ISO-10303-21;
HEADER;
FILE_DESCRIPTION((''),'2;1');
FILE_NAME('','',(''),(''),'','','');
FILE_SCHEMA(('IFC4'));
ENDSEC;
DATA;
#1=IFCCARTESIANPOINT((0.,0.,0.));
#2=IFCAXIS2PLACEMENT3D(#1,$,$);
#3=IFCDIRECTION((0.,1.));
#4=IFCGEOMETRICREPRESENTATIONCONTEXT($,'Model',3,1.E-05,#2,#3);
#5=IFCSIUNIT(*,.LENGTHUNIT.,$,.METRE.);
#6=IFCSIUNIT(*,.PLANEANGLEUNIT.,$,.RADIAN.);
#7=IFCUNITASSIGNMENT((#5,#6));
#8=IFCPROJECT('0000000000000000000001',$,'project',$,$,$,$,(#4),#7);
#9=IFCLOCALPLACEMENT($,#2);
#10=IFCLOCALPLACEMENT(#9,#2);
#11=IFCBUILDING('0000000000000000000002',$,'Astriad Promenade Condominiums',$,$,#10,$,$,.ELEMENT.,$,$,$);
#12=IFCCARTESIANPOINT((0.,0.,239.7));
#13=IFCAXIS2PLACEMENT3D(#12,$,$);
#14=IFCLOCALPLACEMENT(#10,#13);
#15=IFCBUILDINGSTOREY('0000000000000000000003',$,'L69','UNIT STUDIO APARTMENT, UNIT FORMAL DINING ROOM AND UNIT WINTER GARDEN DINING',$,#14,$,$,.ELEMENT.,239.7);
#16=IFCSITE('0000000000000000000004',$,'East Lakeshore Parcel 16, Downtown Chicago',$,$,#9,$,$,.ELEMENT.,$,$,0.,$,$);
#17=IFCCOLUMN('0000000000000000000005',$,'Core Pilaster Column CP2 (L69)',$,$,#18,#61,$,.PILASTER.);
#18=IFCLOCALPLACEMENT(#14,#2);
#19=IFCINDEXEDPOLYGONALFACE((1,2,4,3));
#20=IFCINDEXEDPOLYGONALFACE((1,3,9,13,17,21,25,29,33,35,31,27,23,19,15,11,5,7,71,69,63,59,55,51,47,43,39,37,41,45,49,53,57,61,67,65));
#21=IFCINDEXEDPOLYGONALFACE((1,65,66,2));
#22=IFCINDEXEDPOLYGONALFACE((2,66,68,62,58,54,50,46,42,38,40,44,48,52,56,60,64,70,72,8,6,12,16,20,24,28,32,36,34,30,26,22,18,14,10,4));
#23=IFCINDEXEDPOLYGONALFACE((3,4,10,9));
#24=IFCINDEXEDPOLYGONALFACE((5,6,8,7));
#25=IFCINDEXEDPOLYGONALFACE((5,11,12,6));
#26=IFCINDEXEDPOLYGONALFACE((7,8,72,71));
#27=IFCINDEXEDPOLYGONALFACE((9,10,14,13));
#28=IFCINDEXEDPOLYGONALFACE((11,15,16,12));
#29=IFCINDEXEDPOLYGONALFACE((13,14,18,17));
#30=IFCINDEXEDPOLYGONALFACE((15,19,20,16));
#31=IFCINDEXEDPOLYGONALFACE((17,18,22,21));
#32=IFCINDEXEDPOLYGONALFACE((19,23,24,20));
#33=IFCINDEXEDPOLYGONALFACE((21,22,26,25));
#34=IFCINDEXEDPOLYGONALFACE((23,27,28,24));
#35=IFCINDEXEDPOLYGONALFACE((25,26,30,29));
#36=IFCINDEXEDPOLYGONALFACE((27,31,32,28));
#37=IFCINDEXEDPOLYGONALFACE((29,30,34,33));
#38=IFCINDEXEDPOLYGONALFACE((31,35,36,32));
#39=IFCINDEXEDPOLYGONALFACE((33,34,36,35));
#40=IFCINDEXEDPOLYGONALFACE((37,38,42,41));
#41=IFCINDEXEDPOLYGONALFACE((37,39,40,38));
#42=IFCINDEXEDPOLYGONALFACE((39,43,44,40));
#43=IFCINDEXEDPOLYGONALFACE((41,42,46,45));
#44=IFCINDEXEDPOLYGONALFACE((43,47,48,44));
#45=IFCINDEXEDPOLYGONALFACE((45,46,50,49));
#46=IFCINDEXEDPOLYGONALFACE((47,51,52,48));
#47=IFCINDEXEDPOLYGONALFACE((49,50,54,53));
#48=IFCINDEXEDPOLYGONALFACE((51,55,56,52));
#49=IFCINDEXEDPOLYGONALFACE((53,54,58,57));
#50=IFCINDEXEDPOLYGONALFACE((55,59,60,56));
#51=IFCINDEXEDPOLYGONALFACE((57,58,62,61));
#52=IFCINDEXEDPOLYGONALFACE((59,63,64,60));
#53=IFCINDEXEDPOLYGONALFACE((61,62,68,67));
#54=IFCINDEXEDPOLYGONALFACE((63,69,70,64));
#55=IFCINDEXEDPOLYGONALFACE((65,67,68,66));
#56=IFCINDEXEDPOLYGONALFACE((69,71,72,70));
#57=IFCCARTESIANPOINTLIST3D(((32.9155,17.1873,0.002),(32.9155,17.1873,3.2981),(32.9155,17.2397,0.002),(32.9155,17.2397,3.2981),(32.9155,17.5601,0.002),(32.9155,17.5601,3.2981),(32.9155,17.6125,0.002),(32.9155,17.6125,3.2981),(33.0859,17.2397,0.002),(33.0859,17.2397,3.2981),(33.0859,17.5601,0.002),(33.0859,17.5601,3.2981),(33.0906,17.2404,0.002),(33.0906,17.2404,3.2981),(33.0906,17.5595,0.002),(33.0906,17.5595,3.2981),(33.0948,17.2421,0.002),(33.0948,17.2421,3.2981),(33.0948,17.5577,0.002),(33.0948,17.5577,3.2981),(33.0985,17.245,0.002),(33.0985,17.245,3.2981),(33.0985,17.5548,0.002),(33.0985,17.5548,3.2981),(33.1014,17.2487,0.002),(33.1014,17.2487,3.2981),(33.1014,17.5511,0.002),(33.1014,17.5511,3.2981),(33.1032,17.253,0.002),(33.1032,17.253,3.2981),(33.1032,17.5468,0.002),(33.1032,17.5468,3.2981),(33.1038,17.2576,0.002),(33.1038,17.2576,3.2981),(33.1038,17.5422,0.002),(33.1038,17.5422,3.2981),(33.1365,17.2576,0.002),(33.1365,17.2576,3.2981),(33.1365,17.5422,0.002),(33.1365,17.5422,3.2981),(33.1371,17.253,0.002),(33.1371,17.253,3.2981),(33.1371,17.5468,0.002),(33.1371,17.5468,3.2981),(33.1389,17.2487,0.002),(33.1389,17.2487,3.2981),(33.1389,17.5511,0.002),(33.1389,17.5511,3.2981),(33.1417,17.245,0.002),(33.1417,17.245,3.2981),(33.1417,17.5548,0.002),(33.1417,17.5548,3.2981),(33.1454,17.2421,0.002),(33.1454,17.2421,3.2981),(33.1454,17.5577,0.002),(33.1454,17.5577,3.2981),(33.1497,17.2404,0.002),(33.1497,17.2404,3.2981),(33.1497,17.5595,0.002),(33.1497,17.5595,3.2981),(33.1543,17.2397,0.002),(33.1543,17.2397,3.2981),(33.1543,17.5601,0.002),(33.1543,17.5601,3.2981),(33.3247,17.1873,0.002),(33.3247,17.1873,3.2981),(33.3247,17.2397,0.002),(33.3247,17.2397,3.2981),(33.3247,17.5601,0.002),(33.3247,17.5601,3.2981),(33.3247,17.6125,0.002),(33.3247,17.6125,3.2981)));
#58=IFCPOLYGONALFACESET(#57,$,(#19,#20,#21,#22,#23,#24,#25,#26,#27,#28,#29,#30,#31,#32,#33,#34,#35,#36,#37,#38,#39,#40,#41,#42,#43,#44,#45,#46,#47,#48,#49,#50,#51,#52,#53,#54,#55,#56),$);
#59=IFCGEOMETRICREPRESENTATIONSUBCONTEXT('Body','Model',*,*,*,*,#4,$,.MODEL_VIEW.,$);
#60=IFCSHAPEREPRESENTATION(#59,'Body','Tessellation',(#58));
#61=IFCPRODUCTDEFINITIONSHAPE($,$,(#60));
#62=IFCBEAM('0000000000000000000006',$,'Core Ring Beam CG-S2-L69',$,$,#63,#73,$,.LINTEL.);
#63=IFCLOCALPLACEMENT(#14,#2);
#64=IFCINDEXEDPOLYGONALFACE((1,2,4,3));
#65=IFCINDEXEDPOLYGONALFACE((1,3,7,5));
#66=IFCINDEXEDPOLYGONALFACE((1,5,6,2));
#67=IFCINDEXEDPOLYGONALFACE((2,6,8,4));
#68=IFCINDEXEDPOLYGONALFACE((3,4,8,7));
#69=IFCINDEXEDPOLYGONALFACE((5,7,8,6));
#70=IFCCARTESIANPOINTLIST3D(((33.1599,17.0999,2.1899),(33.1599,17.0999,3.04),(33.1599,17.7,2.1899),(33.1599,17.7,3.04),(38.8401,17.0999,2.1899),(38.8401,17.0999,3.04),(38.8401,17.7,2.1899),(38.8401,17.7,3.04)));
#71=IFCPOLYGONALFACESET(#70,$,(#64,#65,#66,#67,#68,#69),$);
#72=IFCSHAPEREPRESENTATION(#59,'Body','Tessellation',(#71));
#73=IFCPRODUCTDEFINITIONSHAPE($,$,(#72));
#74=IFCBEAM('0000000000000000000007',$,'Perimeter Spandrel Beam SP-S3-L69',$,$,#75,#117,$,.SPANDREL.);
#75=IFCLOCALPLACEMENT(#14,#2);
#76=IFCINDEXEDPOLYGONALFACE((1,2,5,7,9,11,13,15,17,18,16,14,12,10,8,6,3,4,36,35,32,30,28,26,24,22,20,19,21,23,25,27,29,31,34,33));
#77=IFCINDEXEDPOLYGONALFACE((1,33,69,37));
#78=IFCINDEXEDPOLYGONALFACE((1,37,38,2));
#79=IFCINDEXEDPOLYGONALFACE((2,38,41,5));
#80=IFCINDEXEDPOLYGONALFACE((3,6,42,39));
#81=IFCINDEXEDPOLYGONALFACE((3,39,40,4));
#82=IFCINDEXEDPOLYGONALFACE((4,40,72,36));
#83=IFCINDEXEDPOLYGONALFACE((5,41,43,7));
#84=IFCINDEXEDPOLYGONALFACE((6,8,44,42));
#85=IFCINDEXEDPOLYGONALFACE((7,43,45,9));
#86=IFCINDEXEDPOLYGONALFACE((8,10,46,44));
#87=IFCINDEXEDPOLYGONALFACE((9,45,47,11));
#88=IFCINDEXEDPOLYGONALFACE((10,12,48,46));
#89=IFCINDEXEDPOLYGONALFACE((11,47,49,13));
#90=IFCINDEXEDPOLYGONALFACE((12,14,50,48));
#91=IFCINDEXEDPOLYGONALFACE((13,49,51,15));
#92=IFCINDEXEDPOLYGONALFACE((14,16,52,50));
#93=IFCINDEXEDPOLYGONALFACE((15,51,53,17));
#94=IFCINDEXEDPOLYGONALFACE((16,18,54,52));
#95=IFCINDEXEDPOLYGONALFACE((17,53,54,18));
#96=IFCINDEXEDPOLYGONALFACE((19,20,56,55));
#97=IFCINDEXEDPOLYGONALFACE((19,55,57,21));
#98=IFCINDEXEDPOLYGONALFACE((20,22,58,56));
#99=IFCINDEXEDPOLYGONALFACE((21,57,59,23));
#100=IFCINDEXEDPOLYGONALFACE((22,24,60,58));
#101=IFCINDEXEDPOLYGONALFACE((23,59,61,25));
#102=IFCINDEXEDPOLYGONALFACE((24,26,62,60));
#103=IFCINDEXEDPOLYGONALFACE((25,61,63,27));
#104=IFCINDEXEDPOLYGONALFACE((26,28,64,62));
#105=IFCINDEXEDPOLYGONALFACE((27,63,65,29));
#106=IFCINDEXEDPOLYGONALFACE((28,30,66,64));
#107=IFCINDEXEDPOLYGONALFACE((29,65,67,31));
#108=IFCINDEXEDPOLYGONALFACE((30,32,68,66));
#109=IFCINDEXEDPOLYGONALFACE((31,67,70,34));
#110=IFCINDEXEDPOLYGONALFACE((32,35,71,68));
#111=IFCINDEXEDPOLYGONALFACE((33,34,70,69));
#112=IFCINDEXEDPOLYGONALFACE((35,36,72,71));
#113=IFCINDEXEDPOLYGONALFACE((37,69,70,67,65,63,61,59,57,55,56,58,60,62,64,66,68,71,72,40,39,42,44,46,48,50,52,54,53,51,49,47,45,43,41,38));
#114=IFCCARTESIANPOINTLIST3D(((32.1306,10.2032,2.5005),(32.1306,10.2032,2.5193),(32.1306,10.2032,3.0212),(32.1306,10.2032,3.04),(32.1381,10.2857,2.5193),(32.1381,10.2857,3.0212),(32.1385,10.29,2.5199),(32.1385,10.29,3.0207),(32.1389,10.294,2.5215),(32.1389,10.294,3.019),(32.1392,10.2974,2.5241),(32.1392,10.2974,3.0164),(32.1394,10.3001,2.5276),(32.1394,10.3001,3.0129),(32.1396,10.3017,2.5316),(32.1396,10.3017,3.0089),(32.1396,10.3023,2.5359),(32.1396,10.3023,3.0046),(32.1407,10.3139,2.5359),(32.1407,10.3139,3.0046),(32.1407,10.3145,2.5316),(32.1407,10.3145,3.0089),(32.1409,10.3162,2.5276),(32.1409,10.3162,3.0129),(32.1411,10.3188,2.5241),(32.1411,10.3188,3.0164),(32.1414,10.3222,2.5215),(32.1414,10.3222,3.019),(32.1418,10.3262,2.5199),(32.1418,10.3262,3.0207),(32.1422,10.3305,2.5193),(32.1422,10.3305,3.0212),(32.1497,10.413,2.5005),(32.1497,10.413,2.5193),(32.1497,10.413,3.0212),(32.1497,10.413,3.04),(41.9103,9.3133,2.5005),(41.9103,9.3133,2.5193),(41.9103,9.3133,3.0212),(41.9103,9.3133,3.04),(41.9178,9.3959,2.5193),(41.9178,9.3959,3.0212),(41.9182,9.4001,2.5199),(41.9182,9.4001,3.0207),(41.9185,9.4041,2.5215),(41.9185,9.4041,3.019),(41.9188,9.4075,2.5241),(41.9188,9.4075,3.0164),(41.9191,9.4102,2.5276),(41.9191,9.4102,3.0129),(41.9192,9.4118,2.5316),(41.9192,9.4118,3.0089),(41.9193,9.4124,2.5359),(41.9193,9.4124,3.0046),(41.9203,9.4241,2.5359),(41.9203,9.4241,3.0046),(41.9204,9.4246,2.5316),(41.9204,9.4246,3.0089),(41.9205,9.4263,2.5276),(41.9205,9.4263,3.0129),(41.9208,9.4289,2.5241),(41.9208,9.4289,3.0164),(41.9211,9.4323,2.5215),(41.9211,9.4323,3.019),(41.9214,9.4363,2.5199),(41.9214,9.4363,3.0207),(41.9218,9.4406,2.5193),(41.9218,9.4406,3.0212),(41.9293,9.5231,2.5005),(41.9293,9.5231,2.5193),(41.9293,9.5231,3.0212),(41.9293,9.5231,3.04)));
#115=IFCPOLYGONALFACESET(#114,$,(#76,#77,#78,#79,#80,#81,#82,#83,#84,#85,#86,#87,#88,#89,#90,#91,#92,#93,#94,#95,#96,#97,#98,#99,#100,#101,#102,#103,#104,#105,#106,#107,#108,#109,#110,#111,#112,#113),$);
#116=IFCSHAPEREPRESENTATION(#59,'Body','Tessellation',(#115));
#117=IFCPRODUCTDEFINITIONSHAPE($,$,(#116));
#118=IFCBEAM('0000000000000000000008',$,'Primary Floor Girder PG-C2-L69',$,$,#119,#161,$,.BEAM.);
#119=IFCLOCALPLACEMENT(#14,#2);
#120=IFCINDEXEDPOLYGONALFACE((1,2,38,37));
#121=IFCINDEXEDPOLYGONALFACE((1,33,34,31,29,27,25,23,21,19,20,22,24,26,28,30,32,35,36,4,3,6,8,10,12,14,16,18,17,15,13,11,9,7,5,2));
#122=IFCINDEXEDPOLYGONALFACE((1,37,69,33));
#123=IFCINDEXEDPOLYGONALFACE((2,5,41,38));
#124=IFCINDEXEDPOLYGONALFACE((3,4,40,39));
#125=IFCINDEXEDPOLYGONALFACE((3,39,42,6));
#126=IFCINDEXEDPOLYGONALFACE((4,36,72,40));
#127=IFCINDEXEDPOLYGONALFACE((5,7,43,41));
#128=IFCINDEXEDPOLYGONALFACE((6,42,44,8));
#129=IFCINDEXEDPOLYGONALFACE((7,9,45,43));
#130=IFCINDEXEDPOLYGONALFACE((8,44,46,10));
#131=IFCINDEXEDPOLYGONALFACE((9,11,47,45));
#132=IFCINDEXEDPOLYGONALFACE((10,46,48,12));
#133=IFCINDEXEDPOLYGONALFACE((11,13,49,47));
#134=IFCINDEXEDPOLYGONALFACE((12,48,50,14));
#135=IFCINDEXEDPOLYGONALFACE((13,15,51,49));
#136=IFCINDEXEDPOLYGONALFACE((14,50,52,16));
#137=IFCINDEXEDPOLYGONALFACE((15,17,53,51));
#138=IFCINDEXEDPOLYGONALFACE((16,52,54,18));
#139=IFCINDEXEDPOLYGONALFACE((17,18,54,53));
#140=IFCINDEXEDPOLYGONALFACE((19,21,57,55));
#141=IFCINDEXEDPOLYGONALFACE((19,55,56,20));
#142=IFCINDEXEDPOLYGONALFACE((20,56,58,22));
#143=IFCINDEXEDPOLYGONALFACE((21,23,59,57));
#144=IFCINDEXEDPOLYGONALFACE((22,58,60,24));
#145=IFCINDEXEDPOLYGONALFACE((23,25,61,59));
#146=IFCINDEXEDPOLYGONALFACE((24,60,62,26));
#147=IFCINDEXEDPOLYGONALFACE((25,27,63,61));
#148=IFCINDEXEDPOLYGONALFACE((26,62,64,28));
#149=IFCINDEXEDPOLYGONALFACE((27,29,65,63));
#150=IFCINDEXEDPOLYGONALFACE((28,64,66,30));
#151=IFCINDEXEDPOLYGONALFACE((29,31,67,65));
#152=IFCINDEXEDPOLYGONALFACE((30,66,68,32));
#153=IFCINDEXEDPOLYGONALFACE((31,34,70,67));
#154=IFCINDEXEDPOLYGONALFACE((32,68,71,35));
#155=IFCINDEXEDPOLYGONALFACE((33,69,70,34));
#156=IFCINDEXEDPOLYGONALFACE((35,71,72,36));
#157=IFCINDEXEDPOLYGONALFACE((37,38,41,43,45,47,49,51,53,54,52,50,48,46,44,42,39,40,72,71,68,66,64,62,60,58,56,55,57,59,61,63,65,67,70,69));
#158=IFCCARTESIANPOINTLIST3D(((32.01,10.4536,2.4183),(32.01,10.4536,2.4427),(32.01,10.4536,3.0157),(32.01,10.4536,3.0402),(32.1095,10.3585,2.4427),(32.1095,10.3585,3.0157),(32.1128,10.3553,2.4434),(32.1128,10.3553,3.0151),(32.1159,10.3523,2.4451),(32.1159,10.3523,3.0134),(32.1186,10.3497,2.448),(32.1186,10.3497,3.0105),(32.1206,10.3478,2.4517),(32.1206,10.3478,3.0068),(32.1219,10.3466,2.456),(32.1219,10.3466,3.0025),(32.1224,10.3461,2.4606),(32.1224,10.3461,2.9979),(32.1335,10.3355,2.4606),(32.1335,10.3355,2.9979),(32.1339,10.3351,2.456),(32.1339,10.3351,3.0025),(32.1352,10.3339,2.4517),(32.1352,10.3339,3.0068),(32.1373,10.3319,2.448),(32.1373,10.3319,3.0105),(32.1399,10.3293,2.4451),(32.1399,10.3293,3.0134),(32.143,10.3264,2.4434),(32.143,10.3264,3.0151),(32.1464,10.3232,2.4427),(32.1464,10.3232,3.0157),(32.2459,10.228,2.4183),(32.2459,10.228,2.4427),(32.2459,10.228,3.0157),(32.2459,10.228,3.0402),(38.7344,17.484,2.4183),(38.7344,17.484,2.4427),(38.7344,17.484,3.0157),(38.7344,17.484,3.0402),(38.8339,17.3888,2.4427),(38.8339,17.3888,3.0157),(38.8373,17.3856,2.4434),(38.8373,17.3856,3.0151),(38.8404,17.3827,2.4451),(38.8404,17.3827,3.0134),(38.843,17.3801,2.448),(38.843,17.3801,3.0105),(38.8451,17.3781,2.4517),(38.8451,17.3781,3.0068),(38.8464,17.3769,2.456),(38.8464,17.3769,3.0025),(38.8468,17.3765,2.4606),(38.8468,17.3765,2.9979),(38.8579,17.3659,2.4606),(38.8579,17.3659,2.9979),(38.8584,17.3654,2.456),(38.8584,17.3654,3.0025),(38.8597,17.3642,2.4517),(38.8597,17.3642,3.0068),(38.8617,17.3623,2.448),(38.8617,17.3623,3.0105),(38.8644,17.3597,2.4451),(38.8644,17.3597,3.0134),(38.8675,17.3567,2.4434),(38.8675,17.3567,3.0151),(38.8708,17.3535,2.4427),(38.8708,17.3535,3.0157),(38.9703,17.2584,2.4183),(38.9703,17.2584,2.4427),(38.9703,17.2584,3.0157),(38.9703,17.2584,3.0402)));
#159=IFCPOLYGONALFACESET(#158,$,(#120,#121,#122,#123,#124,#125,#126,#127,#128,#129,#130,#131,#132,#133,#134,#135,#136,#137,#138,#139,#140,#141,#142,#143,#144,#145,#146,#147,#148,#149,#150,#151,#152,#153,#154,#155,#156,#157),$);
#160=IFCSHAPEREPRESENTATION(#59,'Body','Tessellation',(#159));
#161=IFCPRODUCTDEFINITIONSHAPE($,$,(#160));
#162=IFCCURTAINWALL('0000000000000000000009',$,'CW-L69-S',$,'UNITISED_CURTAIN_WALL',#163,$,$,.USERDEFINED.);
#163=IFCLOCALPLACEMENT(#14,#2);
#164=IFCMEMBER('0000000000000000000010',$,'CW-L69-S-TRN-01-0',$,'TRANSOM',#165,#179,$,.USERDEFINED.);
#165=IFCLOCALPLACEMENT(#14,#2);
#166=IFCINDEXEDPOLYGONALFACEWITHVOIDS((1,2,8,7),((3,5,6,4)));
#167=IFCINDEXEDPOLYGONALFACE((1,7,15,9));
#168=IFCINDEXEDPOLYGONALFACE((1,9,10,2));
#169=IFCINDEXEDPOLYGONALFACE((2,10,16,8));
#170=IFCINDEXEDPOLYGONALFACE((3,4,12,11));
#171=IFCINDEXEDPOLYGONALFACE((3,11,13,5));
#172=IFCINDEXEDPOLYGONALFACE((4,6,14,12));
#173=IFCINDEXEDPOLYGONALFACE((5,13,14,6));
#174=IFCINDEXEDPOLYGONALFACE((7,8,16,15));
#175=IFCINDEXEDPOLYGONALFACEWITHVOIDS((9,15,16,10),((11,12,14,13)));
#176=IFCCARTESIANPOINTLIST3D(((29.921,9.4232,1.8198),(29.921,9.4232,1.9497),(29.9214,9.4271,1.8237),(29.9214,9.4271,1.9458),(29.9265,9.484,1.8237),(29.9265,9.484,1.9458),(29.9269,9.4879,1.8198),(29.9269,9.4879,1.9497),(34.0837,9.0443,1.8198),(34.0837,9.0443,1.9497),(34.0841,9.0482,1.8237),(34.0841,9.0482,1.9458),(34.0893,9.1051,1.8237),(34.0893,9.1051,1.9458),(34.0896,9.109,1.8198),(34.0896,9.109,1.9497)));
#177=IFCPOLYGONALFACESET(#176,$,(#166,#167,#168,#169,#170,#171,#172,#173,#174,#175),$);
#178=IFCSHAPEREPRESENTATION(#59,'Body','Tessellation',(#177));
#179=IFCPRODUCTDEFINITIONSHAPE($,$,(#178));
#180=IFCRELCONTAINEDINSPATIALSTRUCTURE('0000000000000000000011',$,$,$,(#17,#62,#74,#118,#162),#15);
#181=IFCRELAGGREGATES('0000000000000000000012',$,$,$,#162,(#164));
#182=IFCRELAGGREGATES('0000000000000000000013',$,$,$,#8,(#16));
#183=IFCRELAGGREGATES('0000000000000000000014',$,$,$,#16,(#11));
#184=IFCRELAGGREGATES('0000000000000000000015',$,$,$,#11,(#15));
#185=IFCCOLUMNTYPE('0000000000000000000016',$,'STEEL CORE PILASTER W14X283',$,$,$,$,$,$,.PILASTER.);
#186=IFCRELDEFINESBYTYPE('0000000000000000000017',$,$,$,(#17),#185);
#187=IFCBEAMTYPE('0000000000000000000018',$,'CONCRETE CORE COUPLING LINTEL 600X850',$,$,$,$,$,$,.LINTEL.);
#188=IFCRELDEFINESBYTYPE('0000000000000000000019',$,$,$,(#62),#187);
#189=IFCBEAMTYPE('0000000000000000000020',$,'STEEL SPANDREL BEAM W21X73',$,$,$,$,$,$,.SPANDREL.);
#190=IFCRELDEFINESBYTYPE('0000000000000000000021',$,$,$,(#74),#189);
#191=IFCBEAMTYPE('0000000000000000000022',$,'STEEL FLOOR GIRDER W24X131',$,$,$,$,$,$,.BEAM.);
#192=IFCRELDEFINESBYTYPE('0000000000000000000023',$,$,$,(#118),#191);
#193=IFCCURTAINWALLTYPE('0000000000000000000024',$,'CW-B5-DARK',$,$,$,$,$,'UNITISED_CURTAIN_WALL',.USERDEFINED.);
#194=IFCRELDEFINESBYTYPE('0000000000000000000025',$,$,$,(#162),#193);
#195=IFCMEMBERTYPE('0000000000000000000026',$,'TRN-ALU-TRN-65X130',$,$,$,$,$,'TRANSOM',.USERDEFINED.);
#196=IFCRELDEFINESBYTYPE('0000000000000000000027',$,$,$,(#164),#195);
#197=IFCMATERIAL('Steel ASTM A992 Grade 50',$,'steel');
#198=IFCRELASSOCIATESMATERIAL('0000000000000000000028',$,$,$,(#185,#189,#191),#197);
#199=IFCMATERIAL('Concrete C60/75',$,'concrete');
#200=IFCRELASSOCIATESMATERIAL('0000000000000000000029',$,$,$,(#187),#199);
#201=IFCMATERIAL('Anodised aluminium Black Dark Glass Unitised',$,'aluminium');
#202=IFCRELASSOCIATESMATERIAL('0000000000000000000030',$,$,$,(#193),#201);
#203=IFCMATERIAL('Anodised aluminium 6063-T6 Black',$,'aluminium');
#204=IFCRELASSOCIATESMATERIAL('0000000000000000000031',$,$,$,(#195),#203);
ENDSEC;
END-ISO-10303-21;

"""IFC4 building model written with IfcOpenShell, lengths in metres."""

from ifc_helpers import new_model, si_unit, direction, frame, origin, origin_2d, place, context, subcontext, project, spatial, rectangle, hollow_rectangle, i_section, extrude, source, transform, mapped, material, material_profile, profile_set, type_object, type_shapes, element, aggregate, save


model = new_model("IFC4")

# Units and contexts
model_context = context("Model", 3, precision=1e-05, world=origin(), true_north=direction((0.0, 1.0)))
body_context = subcontext(model_context, "Body", "Model", "MODEL_VIEW")
ifc_project = project(units=[si_unit("LENGTHUNIT", "METRE"), si_unit("PLANEANGLEUNIT", "RADIAN")], contexts=[model_context])

# Site, building, storey
site_placement = place(None, origin())
site = spatial("IfcSite", under=ifc_project, at=site_placement, Name="East Lakeshore Parcel 16, Downtown Chicago", CompositionType="ELEMENT", RefElevation=0.0)
building_placement = place(site_placement, origin())
building = spatial("IfcBuilding", under=site, at=building_placement, Name="Astriad Promenade Condominiums", CompositionType="ELEMENT")
storey_placement = place(building_placement, frame((0.0, 0.0, 239.7)))
storey = spatial("IfcBuildingStorey", under=building, at=storey_placement, Name="L69", Description="UNIT STUDIO APARTMENT, UNIT FORMAL DINING ROOM AND UNIT WINTER GARDEN DINING", CompositionType="ELEMENT", Elevation=239.7)

# Column
ifc_material_1 = material(Name="Steel ASTM A992 Grade 50", Category="steel")
ifc_material_profile_1 = material_profile(ifc_material_1, i_section(OverallWidth=0.4092, OverallDepth=0.4253, WebThickness=0.0327, FlangeThickness=0.0525, FilletRadius=0.0178, at=origin_2d()), Name="W14X283")
ifc_profile_set_1 = profile_set([ifc_material_profile_1], Name="Steel ASTM A992 Grade 50")
column_type = type_object("IfcColumnType", Name="STEEL CORE PILASTER W14X283", PredefinedType="PILASTER", material=ifc_profile_set_1)
shared_shape_1 = source(origin(), body_context, "Body", "SweptSolid", [
    extrude(i_section(OverallWidth=0.4092, OverallDepth=0.4253, WebThickness=0.0327, FlangeThickness=0.0525, FilletRadius=0.0178, at=origin_2d()), origin(), (0.0, 0.0, 1.0), 3.2961),
])
type_shapes(column_type, [shared_shape_1])
column_placement = place(storey_placement, frame((33.1201, 17.3999, 0.002), z_axis=(0.0, 0.0, 1.0), x_axis=(1.0, 0.0, 0.0)))
element("IfcColumn", 1, at=column_placement, inside=storey, type_object=column_type, Name="Core Pilaster Column CP2 (L69)", PredefinedType="PILASTER", context=body_context, shape_type="MappedRepresentation", body=[
    mapped(shared_shape_1, transform((0.0, 0.0, 0.0), scale=1.0)),
])

# Beams
ifc_material_2 = material(Name="Concrete C60/75", Category="concrete")
ifc_material_profile_2 = material_profile(ifc_material_2, rectangle(XDim=0.6001, YDim=0.8501, at=origin_2d()), Name="RC-BM-600X850")
ifc_profile_set_2 = profile_set([ifc_material_profile_2], Name="Concrete C60/75")
beam_type_1 = type_object("IfcBeamType", Name="CONCRETE CORE COUPLING LINTEL 600X850", PredefinedType="LINTEL", material=ifc_profile_set_2)
shared_shape_2 = source(origin(), body_context, "Body", "SweptSolid", [
    extrude(rectangle(XDim=0.6001, YDim=0.8501, at=origin_2d()), origin(), (0.0, 0.0, 1.0), 5.6802),
])
type_shapes(beam_type_1, [shared_shape_2])
beam_1_placement = place(storey_placement, frame((33.1599, 17.3999, 2.615), z_axis=(1.0, 0.0, 0.0), x_axis=(0.0, 1.0, 0.0)))
element("IfcBeam", 2, at=beam_1_placement, inside=storey, type_object=beam_type_1, Name="Core Ring Beam CG-S2-L69", PredefinedType="LINTEL", context=body_context, shape_type="MappedRepresentation", body=[
    mapped(shared_shape_2, transform((0.0, 0.0, 0.0), scale=1.0)),
])
ifc_material_profile_3 = material_profile(ifc_material_1, i_section(OverallWidth=0.2107, OverallDepth=0.5396, WebThickness=0.0117, FlangeThickness=0.0188, FilletRadius=0.0166, at=origin_2d()), Name="W21X73")
ifc_profile_set_3 = profile_set([ifc_material_profile_3], Name="Steel ASTM A992 Grade 50")
beam_type_2 = type_object("IfcBeamType", Name="STEEL SPANDREL BEAM W21X73", PredefinedType="SPANDREL", material=ifc_profile_set_3)
shared_shape_3 = source(origin(), body_context, "Body", "SweptSolid", [
    extrude(i_section(OverallWidth=0.2107, OverallDepth=0.5396, WebThickness=0.0117, FlangeThickness=0.0188, FilletRadius=0.0166, at=origin_2d()), origin(), (0.0, 0.0, 1.0), 9.8201),
])
type_shapes(beam_type_2, [shared_shape_3])
beam_2_placement = place(storey_placement, frame((32.1401, 10.3081, 2.7703), z_axis=(0.995886, -0.090619, 0.0), x_axis=(0.090619, 0.995886, 0.0)))
element("IfcBeam", 3, at=beam_2_placement, inside=storey, type_object=beam_type_2, Name="Perimeter Spandrel Beam SP-S3-L69", PredefinedType="SPANDREL", context=body_context, shape_type="MappedRepresentation", body=[
    mapped(shared_shape_3, transform((0.0, 0.0, 0.0), scale=1.0)),
])
ifc_material_profile_4 = material_profile(ifc_material_1, i_section(OverallWidth=0.3264, OverallDepth=0.6218, WebThickness=0.0154, FlangeThickness=0.0244, FilletRadius=0.0178, at=origin_2d()), Name="W24X131")
ifc_profile_set_4 = profile_set([ifc_material_profile_4], Name="Steel ASTM A992 Grade 50")
beam_type_3 = type_object("IfcBeamType", Name="STEEL FLOOR GIRDER W24X131", PredefinedType="BEAM", material=ifc_profile_set_4)
shared_shape_4 = source(origin(), body_context, "Body", "SweptSolid", [
    extrude(i_section(OverallWidth=0.3264, OverallDepth=0.6218, WebThickness=0.0154, FlangeThickness=0.0244, FilletRadius=0.0178, at=origin_2d()), origin(), (0.0, 0.0, 1.0), 9.7285),
])
type_shapes(beam_type_3, [shared_shape_4])
beam_3_placement = place(storey_placement, frame((32.1279, 10.3408, 2.7292), z_axis=(0.69121, 0.722654, 0.0), x_axis=(-0.722654, 0.69121, 0.0)))
element("IfcBeam", 4, at=beam_3_placement, inside=storey, type_object=beam_type_3, Name="Primary Floor Girder PG-C2-L69", PredefinedType="BEAM", context=body_context, shape_type="MappedRepresentation", body=[
    mapped(shared_shape_4, transform((0.0, 0.0, 0.0), scale=1.0)),
])

# Curtain wall, member
ifc_material_3 = material(Name="Anodised aluminium Black Dark Glass Unitised", Category="aluminium")
curtain_wall_type = type_object("IfcCurtainWallType", Name="CW-B5-DARK", ElementType="UNITISED_CURTAIN_WALL", PredefinedType="USERDEFINED", material=ifc_material_3)
curtain_wall_placement = place(storey_placement, origin())
curtain_wall = element("IfcCurtainWall", 5, at=curtain_wall_placement, inside=storey, type_object=curtain_wall_type, Name="CW-L69-S", ObjectType="UNITISED_CURTAIN_WALL", PredefinedType="USERDEFINED")
ifc_material_4 = material(Name="Anodised aluminium 6063-T6 Black", Category="aluminium")
ifc_material_profile_5 = material_profile(ifc_material_4, hollow_rectangle(XDim=0.0649, YDim=0.1299, WallThickness=0.0039, at=origin_2d()), Name="ALU-TRN-65X130")
ifc_profile_set_5 = profile_set([ifc_material_profile_5], Name="Anodised aluminium 6063-T6 Black")
member_type_1 = type_object("IfcMemberType", Name="TRN-ALU-TRN-65X130", ElementType="TRANSOM", PredefinedType="USERDEFINED", material=ifc_profile_set_5)
shared_shape_5 = source(origin(), body_context, "Body", "SweptSolid", [
    extrude(hollow_rectangle(XDim=0.0649, YDim=0.1299, WallThickness=0.0039, at=origin_2d()), origin(), (0.0, 0.0, 1.0), 4.1799),
])
type_shapes(member_type_1, [shared_shape_5])
member_1_placement = place(storey_placement, frame((34.0867, 9.0767, 1.8848), z_axis=(-0.995883, 0.090646, 0.0), x_axis=(-0.090646, -0.995883, 0.0)))
member_1 = element("IfcMember", 6, at=member_1_placement, type_object=member_type_1, Name="CW-L69-S-TRN-01-0", ObjectType="TRANSOM", PredefinedType="USERDEFINED", context=body_context, shape_type="MappedRepresentation", body=[
    mapped(shared_shape_5, transform((0.0, 0.0, 0.0), scale=1.0)),
])
aggregate(curtain_wall, [member_1])

save(model, "model.ifc")
